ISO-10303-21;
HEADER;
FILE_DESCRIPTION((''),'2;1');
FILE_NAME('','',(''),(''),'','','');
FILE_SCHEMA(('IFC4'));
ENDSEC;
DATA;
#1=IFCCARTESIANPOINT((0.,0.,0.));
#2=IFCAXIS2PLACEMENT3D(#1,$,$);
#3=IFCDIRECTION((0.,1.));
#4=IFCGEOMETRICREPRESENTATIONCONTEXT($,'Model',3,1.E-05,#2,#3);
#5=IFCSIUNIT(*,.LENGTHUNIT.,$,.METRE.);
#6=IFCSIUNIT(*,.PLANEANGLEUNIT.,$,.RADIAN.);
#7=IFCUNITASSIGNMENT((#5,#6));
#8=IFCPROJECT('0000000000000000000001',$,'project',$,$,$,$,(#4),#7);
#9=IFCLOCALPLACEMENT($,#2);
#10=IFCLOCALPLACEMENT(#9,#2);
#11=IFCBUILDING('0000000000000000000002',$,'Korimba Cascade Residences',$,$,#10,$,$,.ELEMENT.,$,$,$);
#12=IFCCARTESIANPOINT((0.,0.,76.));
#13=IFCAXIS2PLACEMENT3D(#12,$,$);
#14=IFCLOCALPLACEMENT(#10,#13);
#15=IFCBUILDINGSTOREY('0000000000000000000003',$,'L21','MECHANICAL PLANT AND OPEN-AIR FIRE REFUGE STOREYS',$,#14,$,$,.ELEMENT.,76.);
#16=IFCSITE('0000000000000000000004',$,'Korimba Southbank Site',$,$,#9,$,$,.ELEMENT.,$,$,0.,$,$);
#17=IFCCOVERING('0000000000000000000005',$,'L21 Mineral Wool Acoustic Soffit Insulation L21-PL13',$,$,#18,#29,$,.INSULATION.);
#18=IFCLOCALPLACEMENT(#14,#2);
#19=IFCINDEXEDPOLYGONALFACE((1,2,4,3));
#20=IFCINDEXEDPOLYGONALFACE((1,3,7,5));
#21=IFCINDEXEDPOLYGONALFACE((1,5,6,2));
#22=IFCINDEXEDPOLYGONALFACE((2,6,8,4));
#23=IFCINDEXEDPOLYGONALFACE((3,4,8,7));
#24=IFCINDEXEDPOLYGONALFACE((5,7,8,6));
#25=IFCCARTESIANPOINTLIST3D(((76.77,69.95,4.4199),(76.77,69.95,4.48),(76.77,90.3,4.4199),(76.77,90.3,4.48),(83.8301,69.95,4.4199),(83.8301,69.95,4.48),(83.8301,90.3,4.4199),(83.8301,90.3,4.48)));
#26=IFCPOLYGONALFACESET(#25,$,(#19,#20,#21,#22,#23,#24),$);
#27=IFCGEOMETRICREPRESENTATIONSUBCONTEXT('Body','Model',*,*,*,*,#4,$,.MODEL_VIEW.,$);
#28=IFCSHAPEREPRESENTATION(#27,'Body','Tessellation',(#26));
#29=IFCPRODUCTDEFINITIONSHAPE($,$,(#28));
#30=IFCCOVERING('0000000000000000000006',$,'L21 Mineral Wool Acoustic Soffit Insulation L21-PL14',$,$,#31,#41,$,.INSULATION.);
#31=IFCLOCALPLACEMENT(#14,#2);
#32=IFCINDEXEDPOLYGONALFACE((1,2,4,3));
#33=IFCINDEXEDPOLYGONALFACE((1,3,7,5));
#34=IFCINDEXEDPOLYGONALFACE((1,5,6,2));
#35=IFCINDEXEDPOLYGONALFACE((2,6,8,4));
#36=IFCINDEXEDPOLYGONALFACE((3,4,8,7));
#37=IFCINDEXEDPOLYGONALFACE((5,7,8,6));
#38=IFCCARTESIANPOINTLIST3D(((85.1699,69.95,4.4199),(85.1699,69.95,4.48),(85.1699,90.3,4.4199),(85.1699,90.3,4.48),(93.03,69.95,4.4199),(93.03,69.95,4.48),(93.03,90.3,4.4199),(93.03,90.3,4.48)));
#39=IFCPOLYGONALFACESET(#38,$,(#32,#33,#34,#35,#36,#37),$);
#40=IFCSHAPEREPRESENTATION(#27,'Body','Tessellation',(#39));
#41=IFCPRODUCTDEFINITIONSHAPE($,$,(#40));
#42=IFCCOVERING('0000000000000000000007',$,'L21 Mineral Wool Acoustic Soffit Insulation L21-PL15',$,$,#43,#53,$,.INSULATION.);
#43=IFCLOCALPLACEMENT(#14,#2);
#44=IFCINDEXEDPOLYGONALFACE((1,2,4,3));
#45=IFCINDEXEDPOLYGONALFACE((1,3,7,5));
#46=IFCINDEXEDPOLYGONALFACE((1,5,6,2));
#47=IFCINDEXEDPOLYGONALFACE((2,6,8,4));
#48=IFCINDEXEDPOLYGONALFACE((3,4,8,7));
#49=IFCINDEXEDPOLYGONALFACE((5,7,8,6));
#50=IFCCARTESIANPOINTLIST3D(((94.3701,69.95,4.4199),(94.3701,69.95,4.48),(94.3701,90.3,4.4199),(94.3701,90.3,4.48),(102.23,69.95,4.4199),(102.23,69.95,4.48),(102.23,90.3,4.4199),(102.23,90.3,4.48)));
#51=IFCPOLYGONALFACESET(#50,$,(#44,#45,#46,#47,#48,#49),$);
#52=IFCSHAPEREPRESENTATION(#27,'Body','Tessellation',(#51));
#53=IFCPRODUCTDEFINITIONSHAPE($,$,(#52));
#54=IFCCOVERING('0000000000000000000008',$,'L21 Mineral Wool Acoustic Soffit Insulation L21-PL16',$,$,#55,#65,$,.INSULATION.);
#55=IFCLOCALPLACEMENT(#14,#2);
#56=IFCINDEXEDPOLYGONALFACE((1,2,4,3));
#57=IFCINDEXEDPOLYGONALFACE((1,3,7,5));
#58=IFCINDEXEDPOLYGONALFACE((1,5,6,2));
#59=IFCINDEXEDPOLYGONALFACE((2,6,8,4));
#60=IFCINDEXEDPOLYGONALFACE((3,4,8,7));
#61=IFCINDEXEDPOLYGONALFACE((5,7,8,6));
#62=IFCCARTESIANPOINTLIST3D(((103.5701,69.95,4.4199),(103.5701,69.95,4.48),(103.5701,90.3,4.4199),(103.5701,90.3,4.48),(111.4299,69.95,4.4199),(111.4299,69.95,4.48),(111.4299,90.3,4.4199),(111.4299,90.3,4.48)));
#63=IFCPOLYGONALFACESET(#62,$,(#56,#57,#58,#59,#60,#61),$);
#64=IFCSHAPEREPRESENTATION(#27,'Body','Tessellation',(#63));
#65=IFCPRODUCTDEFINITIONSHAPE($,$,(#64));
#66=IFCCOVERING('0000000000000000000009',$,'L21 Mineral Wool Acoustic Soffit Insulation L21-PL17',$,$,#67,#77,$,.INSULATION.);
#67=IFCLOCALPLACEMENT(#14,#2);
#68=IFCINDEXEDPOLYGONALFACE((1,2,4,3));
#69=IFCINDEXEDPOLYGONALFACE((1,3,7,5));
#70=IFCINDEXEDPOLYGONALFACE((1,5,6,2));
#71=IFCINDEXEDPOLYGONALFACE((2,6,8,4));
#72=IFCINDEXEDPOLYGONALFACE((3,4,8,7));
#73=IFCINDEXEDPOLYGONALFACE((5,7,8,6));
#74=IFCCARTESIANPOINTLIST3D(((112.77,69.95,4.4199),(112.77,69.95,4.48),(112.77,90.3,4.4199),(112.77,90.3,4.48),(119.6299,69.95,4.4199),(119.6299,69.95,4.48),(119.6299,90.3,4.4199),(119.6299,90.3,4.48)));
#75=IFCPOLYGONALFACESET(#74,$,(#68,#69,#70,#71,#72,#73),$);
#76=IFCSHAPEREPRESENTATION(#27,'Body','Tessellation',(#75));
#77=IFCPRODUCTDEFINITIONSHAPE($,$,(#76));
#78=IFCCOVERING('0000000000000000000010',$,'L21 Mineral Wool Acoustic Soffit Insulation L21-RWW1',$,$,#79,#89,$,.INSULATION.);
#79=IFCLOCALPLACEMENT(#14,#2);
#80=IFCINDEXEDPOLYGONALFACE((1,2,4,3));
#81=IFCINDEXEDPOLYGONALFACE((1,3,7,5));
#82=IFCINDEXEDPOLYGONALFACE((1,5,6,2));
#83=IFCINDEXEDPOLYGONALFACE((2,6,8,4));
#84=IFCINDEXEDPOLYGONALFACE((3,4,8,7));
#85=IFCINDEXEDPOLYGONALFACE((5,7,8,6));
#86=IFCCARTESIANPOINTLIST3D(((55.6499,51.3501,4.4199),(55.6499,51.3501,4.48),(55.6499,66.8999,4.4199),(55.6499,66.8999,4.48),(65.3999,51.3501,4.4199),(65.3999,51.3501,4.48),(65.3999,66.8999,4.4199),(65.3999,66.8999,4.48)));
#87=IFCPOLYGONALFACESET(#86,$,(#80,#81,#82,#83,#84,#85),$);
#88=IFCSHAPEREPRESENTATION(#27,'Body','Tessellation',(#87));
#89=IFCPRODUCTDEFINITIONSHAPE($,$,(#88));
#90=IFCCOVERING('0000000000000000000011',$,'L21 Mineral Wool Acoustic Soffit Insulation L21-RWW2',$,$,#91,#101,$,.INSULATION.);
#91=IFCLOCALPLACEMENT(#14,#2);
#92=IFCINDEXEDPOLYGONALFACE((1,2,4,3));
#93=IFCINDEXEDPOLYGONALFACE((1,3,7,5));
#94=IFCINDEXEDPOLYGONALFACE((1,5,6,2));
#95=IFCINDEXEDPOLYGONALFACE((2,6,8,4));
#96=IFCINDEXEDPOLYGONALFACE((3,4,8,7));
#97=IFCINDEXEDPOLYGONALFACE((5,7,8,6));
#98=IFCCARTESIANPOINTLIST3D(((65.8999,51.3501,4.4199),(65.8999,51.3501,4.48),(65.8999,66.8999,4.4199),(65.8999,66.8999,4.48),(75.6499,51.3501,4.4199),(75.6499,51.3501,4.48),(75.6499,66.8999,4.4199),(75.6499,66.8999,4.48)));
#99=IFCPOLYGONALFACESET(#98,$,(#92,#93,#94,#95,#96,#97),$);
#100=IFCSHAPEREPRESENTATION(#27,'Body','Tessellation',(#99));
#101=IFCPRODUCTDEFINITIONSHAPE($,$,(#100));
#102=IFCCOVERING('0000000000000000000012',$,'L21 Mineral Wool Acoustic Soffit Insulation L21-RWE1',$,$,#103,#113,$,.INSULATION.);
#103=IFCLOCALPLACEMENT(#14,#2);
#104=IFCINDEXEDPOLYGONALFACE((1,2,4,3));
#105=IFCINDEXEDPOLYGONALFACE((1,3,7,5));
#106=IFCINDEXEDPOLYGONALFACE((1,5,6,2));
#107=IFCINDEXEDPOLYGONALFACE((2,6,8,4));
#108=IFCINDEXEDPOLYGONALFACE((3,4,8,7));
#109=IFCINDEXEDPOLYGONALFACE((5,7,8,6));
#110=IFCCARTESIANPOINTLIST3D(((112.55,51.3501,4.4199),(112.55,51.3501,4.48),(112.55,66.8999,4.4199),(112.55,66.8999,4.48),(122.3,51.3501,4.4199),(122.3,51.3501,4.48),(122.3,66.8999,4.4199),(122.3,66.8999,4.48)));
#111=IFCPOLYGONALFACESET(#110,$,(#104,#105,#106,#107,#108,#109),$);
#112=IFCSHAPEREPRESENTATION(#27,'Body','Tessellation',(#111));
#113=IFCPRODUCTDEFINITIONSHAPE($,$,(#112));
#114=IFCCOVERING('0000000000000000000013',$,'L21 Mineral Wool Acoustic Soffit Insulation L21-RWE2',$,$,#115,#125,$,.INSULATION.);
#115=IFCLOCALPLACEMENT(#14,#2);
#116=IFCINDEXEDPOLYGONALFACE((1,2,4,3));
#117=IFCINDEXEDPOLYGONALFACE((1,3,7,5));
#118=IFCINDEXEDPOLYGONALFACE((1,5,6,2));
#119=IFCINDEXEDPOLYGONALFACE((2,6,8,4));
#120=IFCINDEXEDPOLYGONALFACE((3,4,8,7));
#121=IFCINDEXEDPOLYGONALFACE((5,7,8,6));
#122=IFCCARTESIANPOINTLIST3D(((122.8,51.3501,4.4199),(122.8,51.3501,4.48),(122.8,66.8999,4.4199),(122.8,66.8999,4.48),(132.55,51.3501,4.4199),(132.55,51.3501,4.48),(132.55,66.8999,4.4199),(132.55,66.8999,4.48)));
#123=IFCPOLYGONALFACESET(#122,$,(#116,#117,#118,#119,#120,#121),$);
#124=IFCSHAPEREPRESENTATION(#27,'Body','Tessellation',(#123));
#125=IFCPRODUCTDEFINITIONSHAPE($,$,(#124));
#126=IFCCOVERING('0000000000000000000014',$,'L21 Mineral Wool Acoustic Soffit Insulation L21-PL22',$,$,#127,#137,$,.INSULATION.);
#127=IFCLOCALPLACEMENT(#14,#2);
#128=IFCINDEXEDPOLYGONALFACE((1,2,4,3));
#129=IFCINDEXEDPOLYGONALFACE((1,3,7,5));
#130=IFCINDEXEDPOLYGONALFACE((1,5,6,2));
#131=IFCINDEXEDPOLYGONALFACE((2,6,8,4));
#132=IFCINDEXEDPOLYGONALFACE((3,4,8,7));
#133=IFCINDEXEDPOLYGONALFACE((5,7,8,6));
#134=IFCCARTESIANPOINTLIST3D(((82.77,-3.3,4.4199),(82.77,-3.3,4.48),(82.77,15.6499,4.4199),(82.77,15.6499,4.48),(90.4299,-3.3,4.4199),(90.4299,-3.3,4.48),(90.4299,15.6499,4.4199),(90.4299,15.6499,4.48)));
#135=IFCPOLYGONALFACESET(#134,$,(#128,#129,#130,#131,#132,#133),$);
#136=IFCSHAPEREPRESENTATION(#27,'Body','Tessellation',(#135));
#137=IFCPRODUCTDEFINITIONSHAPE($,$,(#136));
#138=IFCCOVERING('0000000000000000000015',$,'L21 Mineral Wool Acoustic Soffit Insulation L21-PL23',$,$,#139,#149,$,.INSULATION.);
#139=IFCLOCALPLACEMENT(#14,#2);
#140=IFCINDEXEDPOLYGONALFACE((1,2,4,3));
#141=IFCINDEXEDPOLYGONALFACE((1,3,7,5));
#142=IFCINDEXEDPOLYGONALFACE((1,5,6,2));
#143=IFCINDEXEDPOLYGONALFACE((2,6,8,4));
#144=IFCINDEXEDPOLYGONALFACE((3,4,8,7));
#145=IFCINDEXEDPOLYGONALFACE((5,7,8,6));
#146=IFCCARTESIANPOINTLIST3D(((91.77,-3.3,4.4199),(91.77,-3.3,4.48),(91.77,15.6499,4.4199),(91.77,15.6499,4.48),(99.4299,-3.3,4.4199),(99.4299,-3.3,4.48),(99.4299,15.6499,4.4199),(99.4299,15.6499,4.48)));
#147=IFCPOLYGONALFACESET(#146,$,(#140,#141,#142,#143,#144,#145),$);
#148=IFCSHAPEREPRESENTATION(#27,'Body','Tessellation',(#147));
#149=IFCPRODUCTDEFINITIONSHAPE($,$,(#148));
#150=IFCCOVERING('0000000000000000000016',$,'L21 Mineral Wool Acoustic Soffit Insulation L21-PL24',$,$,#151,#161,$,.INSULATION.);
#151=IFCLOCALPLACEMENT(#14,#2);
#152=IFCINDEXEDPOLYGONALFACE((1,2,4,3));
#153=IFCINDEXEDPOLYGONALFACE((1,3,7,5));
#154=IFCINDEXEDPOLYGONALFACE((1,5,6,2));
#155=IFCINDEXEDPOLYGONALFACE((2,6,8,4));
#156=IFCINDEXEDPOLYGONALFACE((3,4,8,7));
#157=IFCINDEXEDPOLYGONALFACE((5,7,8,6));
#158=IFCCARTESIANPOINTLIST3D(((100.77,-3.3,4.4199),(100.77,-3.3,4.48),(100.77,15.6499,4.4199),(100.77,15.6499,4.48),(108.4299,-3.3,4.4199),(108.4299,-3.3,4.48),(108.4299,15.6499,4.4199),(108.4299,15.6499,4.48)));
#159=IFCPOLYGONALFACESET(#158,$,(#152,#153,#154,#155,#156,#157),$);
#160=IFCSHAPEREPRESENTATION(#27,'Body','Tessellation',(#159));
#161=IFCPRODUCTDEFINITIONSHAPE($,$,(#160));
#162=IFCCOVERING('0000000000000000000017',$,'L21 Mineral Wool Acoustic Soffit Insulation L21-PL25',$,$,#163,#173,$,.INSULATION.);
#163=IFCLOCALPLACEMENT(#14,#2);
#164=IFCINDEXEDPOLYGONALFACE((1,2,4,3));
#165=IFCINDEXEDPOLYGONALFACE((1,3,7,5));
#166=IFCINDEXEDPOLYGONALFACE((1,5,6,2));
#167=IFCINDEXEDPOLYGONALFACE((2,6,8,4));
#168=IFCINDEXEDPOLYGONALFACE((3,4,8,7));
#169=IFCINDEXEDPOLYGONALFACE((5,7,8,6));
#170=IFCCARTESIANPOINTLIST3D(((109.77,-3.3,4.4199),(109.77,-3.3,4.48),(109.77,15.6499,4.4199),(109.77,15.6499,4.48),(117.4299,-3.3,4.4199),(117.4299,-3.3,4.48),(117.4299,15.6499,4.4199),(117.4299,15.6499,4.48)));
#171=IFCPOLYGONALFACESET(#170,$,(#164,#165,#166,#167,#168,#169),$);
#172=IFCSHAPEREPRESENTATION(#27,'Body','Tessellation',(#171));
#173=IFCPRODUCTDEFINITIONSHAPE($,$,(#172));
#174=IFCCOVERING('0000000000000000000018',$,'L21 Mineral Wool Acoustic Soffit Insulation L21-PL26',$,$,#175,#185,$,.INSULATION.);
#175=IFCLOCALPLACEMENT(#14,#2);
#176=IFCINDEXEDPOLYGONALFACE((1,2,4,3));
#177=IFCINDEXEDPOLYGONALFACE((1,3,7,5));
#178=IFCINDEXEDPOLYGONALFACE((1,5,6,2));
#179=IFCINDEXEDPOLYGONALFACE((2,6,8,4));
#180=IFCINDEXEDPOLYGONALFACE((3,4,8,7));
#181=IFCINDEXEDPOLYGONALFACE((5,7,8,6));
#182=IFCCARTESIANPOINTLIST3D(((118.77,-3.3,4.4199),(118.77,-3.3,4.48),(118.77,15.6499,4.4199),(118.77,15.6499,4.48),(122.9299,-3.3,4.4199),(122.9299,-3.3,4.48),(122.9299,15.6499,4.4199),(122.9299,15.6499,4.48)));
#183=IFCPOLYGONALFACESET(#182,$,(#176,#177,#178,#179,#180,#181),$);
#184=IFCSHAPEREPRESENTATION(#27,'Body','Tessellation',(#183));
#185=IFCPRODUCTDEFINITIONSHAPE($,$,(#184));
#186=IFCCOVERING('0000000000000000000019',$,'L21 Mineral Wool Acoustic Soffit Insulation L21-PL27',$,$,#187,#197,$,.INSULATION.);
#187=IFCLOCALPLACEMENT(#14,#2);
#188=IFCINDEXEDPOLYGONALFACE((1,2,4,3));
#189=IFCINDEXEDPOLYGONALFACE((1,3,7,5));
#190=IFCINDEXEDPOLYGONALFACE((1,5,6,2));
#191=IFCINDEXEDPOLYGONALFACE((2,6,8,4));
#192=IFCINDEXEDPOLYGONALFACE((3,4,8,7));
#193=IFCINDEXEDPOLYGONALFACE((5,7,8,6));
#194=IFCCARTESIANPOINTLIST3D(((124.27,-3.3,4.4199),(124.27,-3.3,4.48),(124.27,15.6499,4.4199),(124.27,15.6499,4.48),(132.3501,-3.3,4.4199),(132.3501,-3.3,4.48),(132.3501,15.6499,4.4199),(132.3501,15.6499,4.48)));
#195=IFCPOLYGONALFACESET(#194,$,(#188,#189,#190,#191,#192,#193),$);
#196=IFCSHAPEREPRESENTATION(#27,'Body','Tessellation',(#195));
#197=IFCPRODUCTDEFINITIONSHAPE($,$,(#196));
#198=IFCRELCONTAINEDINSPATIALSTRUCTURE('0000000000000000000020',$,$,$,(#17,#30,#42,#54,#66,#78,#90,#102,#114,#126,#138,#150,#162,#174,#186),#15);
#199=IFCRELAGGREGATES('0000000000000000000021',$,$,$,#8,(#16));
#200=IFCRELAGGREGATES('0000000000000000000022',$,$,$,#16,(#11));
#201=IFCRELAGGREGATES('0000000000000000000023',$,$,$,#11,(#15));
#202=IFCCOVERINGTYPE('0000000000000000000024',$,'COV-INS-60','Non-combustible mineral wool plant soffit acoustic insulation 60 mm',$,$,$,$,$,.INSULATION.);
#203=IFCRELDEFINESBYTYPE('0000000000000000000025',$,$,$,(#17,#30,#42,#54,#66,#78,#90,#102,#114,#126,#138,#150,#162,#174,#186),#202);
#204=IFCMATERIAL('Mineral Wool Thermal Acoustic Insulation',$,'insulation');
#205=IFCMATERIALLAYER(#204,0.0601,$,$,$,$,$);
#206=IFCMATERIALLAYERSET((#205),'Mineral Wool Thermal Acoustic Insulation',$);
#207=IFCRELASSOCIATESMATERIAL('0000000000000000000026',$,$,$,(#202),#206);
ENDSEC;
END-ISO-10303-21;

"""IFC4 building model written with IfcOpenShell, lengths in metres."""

from ifc_helpers import new_model, si_unit, direction, frame, origin, place, context, subcontext, project, spatial, polyline, outline, extrude, material, layer, layer_set, type_object, element, save


model = new_model("IFC4")

# Units and contexts
model_context = context("Model", 3, precision=1e-05, world=origin(), true_north=direction((0.0, 1.0)))
body_context = subcontext(model_context, "Body", "Model", "MODEL_VIEW")
ifc_project = project(units=[si_unit("LENGTHUNIT", "METRE"), si_unit("PLANEANGLEUNIT", "RADIAN")], contexts=[model_context])

# Site, building, storey
site_placement = place(None, origin())
site = spatial("IfcSite", under=ifc_project, at=site_placement, Name="Korimba Southbank Site", CompositionType="ELEMENT", RefElevation=0.0)
building_placement = place(site_placement, origin())
building = spatial("IfcBuilding", under=site, at=building_placement, Name="Korimba Cascade Residences", CompositionType="ELEMENT")
storey_placement = place(building_placement, frame((0.0, 0.0, 76.0)))
storey = spatial("IfcBuildingStorey", under=building, at=storey_placement, Name="L21", Description="MECHANICAL PLANT AND OPEN-AIR FIRE REFUGE STOREYS", CompositionType="ELEMENT", Elevation=76.0)

# Coverings
ifc_material_1 = material(Name="Mineral Wool Thermal Acoustic Insulation", Category="insulation")
ifc_layer_1 = layer(ifc_material_1, 0.0601)
ifc_layer_set_1 = layer_set([ifc_layer_1], Name="Mineral Wool Thermal Acoustic Insulation")
covering_type = type_object("IfcCoveringType", Name="COV-INS-60", Description="Non-combustible mineral wool plant soffit acoustic insulation 60 mm", PredefinedType="INSULATION", material=ifc_layer_set_1)
covering_1_placement = place(storey_placement, frame((0.0, 0.0, 4.4199)))
element("IfcCovering", 1, at=covering_1_placement, inside=storey, type_object=covering_type, Name="L21 Mineral Wool Acoustic Soffit Insulation L21-PL13", PredefinedType="INSULATION", context=body_context, shape_type="SweptSolid", body=[
    extrude(outline(polyline([(76.77, 69.95), (83.8301, 69.95), (83.8301, 90.3), (76.77, 90.3), (76.77, 69.95)])), origin(), (0.0, 0.0, 1.0), 0.0601),
])
covering_2_placement = place(storey_placement, frame((0.0, 0.0, 4.4199)))
element("IfcCovering", 2, at=covering_2_placement, inside=storey, type_object=covering_type, Name="L21 Mineral Wool Acoustic Soffit Insulation L21-PL14", PredefinedType="INSULATION", context=body_context, shape_type="SweptSolid", body=[
    extrude(outline(polyline([(85.1699, 69.95), (93.03, 69.95), (93.03, 90.3), (85.1699, 90.3), (85.1699, 69.95)])), origin(), (0.0, 0.0, 1.0), 0.0601),
])
covering_3_placement = place(storey_placement, frame((0.0, 0.0, 4.4199)))
element("IfcCovering", 3, at=covering_3_placement, inside=storey, type_object=covering_type, Name="L21 Mineral Wool Acoustic Soffit Insulation L21-PL15", PredefinedType="INSULATION", context=body_context, shape_type="SweptSolid", body=[
    extrude(outline(polyline([(94.3701, 69.95), (102.23, 69.95), (102.23, 90.3), (94.3701, 90.3), (94.3701, 69.95)])), origin(), (0.0, 0.0, 1.0), 0.0601),
])
covering_4_placement = place(storey_placement, frame((0.0, 0.0, 4.4199)))
element("IfcCovering", 4, at=covering_4_placement, inside=storey, type_object=covering_type, Name="L21 Mineral Wool Acoustic Soffit Insulation L21-PL16", PredefinedType="INSULATION", context=body_context, shape_type="SweptSolid", body=[
    extrude(outline(polyline([(103.5701, 69.95), (111.4299, 69.95), (111.4299, 90.3), (103.5701, 90.3), (103.5701, 69.95)])), origin(), (0.0, 0.0, 1.0), 0.0601),
])
covering_5_placement = place(storey_placement, frame((0.0, 0.0, 4.4199)))
element("IfcCovering", 5, at=covering_5_placement, inside=storey, type_object=covering_type, Name="L21 Mineral Wool Acoustic Soffit Insulation L21-PL17", PredefinedType="INSULATION", context=body_context, shape_type="SweptSolid", body=[
    extrude(outline(polyline([(112.77, 69.95), (119.6299, 69.95), (119.6299, 90.3), (112.77, 90.3), (112.77, 69.95)])), origin(), (0.0, 0.0, 1.0), 0.0601),
])
covering_6_placement = place(storey_placement, frame((0.0, 0.0, 4.4199)))
element("IfcCovering", 6, at=covering_6_placement, inside=storey, type_object=covering_type, Name="L21 Mineral Wool Acoustic Soffit Insulation L21-RWW1", PredefinedType="INSULATION", context=body_context, shape_type="SweptSolid", body=[
    extrude(outline(polyline([(55.6499, 51.3501), (65.3999, 51.3501), (65.3999, 66.8999), (55.6499, 66.8999), (55.6499, 51.3501)])), origin(), (0.0, 0.0, 1.0), 0.0601),
])
covering_7_placement = place(storey_placement, frame((0.0, 0.0, 4.4199)))
element("IfcCovering", 7, at=covering_7_placement, inside=storey, type_object=covering_type, Name="L21 Mineral Wool Acoustic Soffit Insulation L21-RWW2", PredefinedType="INSULATION", context=body_context, shape_type="SweptSolid", body=[
    extrude(outline(polyline([(65.8999, 51.3501), (75.6499, 51.3501), (75.6499, 66.8999), (65.8999, 66.8999), (65.8999, 51.3501)])), origin(), (0.0, 0.0, 1.0), 0.0601),
])
covering_8_placement = place(storey_placement, frame((0.0, 0.0, 4.4199)))
element("IfcCovering", 8, at=covering_8_placement, inside=storey, type_object=covering_type, Name="L21 Mineral Wool Acoustic Soffit Insulation L21-RWE1", PredefinedType="INSULATION", context=body_context, shape_type="SweptSolid", body=[
    extrude(outline(polyline([(112.55, 51.3501), (122.3, 51.3501), (122.3, 66.8999), (112.55, 66.8999), (112.55, 51.3501)])), origin(), (0.0, 0.0, 1.0), 0.0601),
])
covering_9_placement = place(storey_placement, frame((0.0, 0.0, 4.4199)))
element("IfcCovering", 9, at=covering_9_placement, inside=storey, type_object=covering_type, Name="L21 Mineral Wool Acoustic Soffit Insulation L21-RWE2", PredefinedType="INSULATION", context=body_context, shape_type="SweptSolid", body=[
    extrude(outline(polyline([(122.8, 51.3501), (132.55, 51.3501), (132.55, 66.8999), (122.8, 66.8999), (122.8, 51.3501)])), origin(), (0.0, 0.0, 1.0), 0.0601),
])
covering_10_placement = place(storey_placement, frame((0.0, 0.0, 4.4199)))
element("IfcCovering", 10, at=covering_10_placement, inside=storey, type_object=covering_type, Name="L21 Mineral Wool Acoustic Soffit Insulation L21-PL22", PredefinedType="INSULATION", context=body_context, shape_type="SweptSolid", body=[
    extrude(outline(polyline([(82.77, -3.3), (90.4299, -3.3), (90.4299, 15.6499), (82.77, 15.6499), (82.77, -3.3)])), origin(), (0.0, 0.0, 1.0), 0.0601),
])
covering_11_placement = place(storey_placement, frame((0.0, 0.0, 4.4199)))
element("IfcCovering", 11, at=covering_11_placement, inside=storey, type_object=covering_type, Name="L21 Mineral Wool Acoustic Soffit Insulation L21-PL23", PredefinedType="INSULATION", context=body_context, shape_type="SweptSolid", body=[
    extrude(outline(polyline([(91.77, -3.3), (99.4299, -3.3), (99.4299, 15.6499), (91.77, 15.6499), (91.77, -3.3)])), origin(), (0.0, 0.0, 1.0), 0.0601),
])
covering_12_placement = place(storey_placement, frame((0.0, 0.0, 4.4199)))
element("IfcCovering", 12, at=covering_12_placement, inside=storey, type_object=covering_type, Name="L21 Mineral Wool Acoustic Soffit Insulation L21-PL24", PredefinedType="INSULATION", context=body_context, shape_type="SweptSolid", body=[
    extrude(outline(polyline([(100.77, -3.3), (108.4299, -3.3), (108.4299, 15.6499), (100.77, 15.6499), (100.77, -3.3)])), origin(), (0.0, 0.0, 1.0), 0.0601),
])
covering_13_placement = place(storey_placement, frame((0.0, 0.0, 4.4199)))
element("IfcCovering", 13, at=covering_13_placement, inside=storey, type_object=covering_type, Name="L21 Mineral Wool Acoustic Soffit Insulation L21-PL25", PredefinedType="INSULATION", context=body_context, shape_type="SweptSolid", body=[
    extrude(outline(polyline([(109.77, -3.3), (117.4299, -3.3), (117.4299, 15.6499), (109.77, 15.6499), (109.77, -3.3)])), origin(), (0.0, 0.0, 1.0), 0.0601),
])
covering_14_placement = place(storey_placement, frame((0.0, 0.0, 4.4199)))
element("IfcCovering", 14, at=covering_14_placement, inside=storey, type_object=covering_type, Name="L21 Mineral Wool Acoustic Soffit Insulation L21-PL26", PredefinedType="INSULATION", context=body_context, shape_type="SweptSolid", body=[
    extrude(outline(polyline([(118.77, -3.3), (122.9299, -3.3), (122.9299, 15.6499), (118.77, 15.6499), (118.77, -3.3)])), origin(), (0.0, 0.0, 1.0), 0.0601),
])
covering_15_placement = place(storey_placement, frame((0.0, 0.0, 4.4199)))
element("IfcCovering", 15, at=covering_15_placement, inside=storey, type_object=covering_type, Name="L21 Mineral Wool Acoustic Soffit Insulation L21-PL27", PredefinedType="INSULATION", context=body_context, shape_type="SweptSolid", body=[
    extrude(outline(polyline([(124.27, -3.3), (132.3501, -3.3), (132.3501, 15.6499), (124.27, 15.6499), (124.27, -3.3)])), origin(), (0.0, 0.0, 1.0), 0.0601),
])

save(model, "model.ifc")
